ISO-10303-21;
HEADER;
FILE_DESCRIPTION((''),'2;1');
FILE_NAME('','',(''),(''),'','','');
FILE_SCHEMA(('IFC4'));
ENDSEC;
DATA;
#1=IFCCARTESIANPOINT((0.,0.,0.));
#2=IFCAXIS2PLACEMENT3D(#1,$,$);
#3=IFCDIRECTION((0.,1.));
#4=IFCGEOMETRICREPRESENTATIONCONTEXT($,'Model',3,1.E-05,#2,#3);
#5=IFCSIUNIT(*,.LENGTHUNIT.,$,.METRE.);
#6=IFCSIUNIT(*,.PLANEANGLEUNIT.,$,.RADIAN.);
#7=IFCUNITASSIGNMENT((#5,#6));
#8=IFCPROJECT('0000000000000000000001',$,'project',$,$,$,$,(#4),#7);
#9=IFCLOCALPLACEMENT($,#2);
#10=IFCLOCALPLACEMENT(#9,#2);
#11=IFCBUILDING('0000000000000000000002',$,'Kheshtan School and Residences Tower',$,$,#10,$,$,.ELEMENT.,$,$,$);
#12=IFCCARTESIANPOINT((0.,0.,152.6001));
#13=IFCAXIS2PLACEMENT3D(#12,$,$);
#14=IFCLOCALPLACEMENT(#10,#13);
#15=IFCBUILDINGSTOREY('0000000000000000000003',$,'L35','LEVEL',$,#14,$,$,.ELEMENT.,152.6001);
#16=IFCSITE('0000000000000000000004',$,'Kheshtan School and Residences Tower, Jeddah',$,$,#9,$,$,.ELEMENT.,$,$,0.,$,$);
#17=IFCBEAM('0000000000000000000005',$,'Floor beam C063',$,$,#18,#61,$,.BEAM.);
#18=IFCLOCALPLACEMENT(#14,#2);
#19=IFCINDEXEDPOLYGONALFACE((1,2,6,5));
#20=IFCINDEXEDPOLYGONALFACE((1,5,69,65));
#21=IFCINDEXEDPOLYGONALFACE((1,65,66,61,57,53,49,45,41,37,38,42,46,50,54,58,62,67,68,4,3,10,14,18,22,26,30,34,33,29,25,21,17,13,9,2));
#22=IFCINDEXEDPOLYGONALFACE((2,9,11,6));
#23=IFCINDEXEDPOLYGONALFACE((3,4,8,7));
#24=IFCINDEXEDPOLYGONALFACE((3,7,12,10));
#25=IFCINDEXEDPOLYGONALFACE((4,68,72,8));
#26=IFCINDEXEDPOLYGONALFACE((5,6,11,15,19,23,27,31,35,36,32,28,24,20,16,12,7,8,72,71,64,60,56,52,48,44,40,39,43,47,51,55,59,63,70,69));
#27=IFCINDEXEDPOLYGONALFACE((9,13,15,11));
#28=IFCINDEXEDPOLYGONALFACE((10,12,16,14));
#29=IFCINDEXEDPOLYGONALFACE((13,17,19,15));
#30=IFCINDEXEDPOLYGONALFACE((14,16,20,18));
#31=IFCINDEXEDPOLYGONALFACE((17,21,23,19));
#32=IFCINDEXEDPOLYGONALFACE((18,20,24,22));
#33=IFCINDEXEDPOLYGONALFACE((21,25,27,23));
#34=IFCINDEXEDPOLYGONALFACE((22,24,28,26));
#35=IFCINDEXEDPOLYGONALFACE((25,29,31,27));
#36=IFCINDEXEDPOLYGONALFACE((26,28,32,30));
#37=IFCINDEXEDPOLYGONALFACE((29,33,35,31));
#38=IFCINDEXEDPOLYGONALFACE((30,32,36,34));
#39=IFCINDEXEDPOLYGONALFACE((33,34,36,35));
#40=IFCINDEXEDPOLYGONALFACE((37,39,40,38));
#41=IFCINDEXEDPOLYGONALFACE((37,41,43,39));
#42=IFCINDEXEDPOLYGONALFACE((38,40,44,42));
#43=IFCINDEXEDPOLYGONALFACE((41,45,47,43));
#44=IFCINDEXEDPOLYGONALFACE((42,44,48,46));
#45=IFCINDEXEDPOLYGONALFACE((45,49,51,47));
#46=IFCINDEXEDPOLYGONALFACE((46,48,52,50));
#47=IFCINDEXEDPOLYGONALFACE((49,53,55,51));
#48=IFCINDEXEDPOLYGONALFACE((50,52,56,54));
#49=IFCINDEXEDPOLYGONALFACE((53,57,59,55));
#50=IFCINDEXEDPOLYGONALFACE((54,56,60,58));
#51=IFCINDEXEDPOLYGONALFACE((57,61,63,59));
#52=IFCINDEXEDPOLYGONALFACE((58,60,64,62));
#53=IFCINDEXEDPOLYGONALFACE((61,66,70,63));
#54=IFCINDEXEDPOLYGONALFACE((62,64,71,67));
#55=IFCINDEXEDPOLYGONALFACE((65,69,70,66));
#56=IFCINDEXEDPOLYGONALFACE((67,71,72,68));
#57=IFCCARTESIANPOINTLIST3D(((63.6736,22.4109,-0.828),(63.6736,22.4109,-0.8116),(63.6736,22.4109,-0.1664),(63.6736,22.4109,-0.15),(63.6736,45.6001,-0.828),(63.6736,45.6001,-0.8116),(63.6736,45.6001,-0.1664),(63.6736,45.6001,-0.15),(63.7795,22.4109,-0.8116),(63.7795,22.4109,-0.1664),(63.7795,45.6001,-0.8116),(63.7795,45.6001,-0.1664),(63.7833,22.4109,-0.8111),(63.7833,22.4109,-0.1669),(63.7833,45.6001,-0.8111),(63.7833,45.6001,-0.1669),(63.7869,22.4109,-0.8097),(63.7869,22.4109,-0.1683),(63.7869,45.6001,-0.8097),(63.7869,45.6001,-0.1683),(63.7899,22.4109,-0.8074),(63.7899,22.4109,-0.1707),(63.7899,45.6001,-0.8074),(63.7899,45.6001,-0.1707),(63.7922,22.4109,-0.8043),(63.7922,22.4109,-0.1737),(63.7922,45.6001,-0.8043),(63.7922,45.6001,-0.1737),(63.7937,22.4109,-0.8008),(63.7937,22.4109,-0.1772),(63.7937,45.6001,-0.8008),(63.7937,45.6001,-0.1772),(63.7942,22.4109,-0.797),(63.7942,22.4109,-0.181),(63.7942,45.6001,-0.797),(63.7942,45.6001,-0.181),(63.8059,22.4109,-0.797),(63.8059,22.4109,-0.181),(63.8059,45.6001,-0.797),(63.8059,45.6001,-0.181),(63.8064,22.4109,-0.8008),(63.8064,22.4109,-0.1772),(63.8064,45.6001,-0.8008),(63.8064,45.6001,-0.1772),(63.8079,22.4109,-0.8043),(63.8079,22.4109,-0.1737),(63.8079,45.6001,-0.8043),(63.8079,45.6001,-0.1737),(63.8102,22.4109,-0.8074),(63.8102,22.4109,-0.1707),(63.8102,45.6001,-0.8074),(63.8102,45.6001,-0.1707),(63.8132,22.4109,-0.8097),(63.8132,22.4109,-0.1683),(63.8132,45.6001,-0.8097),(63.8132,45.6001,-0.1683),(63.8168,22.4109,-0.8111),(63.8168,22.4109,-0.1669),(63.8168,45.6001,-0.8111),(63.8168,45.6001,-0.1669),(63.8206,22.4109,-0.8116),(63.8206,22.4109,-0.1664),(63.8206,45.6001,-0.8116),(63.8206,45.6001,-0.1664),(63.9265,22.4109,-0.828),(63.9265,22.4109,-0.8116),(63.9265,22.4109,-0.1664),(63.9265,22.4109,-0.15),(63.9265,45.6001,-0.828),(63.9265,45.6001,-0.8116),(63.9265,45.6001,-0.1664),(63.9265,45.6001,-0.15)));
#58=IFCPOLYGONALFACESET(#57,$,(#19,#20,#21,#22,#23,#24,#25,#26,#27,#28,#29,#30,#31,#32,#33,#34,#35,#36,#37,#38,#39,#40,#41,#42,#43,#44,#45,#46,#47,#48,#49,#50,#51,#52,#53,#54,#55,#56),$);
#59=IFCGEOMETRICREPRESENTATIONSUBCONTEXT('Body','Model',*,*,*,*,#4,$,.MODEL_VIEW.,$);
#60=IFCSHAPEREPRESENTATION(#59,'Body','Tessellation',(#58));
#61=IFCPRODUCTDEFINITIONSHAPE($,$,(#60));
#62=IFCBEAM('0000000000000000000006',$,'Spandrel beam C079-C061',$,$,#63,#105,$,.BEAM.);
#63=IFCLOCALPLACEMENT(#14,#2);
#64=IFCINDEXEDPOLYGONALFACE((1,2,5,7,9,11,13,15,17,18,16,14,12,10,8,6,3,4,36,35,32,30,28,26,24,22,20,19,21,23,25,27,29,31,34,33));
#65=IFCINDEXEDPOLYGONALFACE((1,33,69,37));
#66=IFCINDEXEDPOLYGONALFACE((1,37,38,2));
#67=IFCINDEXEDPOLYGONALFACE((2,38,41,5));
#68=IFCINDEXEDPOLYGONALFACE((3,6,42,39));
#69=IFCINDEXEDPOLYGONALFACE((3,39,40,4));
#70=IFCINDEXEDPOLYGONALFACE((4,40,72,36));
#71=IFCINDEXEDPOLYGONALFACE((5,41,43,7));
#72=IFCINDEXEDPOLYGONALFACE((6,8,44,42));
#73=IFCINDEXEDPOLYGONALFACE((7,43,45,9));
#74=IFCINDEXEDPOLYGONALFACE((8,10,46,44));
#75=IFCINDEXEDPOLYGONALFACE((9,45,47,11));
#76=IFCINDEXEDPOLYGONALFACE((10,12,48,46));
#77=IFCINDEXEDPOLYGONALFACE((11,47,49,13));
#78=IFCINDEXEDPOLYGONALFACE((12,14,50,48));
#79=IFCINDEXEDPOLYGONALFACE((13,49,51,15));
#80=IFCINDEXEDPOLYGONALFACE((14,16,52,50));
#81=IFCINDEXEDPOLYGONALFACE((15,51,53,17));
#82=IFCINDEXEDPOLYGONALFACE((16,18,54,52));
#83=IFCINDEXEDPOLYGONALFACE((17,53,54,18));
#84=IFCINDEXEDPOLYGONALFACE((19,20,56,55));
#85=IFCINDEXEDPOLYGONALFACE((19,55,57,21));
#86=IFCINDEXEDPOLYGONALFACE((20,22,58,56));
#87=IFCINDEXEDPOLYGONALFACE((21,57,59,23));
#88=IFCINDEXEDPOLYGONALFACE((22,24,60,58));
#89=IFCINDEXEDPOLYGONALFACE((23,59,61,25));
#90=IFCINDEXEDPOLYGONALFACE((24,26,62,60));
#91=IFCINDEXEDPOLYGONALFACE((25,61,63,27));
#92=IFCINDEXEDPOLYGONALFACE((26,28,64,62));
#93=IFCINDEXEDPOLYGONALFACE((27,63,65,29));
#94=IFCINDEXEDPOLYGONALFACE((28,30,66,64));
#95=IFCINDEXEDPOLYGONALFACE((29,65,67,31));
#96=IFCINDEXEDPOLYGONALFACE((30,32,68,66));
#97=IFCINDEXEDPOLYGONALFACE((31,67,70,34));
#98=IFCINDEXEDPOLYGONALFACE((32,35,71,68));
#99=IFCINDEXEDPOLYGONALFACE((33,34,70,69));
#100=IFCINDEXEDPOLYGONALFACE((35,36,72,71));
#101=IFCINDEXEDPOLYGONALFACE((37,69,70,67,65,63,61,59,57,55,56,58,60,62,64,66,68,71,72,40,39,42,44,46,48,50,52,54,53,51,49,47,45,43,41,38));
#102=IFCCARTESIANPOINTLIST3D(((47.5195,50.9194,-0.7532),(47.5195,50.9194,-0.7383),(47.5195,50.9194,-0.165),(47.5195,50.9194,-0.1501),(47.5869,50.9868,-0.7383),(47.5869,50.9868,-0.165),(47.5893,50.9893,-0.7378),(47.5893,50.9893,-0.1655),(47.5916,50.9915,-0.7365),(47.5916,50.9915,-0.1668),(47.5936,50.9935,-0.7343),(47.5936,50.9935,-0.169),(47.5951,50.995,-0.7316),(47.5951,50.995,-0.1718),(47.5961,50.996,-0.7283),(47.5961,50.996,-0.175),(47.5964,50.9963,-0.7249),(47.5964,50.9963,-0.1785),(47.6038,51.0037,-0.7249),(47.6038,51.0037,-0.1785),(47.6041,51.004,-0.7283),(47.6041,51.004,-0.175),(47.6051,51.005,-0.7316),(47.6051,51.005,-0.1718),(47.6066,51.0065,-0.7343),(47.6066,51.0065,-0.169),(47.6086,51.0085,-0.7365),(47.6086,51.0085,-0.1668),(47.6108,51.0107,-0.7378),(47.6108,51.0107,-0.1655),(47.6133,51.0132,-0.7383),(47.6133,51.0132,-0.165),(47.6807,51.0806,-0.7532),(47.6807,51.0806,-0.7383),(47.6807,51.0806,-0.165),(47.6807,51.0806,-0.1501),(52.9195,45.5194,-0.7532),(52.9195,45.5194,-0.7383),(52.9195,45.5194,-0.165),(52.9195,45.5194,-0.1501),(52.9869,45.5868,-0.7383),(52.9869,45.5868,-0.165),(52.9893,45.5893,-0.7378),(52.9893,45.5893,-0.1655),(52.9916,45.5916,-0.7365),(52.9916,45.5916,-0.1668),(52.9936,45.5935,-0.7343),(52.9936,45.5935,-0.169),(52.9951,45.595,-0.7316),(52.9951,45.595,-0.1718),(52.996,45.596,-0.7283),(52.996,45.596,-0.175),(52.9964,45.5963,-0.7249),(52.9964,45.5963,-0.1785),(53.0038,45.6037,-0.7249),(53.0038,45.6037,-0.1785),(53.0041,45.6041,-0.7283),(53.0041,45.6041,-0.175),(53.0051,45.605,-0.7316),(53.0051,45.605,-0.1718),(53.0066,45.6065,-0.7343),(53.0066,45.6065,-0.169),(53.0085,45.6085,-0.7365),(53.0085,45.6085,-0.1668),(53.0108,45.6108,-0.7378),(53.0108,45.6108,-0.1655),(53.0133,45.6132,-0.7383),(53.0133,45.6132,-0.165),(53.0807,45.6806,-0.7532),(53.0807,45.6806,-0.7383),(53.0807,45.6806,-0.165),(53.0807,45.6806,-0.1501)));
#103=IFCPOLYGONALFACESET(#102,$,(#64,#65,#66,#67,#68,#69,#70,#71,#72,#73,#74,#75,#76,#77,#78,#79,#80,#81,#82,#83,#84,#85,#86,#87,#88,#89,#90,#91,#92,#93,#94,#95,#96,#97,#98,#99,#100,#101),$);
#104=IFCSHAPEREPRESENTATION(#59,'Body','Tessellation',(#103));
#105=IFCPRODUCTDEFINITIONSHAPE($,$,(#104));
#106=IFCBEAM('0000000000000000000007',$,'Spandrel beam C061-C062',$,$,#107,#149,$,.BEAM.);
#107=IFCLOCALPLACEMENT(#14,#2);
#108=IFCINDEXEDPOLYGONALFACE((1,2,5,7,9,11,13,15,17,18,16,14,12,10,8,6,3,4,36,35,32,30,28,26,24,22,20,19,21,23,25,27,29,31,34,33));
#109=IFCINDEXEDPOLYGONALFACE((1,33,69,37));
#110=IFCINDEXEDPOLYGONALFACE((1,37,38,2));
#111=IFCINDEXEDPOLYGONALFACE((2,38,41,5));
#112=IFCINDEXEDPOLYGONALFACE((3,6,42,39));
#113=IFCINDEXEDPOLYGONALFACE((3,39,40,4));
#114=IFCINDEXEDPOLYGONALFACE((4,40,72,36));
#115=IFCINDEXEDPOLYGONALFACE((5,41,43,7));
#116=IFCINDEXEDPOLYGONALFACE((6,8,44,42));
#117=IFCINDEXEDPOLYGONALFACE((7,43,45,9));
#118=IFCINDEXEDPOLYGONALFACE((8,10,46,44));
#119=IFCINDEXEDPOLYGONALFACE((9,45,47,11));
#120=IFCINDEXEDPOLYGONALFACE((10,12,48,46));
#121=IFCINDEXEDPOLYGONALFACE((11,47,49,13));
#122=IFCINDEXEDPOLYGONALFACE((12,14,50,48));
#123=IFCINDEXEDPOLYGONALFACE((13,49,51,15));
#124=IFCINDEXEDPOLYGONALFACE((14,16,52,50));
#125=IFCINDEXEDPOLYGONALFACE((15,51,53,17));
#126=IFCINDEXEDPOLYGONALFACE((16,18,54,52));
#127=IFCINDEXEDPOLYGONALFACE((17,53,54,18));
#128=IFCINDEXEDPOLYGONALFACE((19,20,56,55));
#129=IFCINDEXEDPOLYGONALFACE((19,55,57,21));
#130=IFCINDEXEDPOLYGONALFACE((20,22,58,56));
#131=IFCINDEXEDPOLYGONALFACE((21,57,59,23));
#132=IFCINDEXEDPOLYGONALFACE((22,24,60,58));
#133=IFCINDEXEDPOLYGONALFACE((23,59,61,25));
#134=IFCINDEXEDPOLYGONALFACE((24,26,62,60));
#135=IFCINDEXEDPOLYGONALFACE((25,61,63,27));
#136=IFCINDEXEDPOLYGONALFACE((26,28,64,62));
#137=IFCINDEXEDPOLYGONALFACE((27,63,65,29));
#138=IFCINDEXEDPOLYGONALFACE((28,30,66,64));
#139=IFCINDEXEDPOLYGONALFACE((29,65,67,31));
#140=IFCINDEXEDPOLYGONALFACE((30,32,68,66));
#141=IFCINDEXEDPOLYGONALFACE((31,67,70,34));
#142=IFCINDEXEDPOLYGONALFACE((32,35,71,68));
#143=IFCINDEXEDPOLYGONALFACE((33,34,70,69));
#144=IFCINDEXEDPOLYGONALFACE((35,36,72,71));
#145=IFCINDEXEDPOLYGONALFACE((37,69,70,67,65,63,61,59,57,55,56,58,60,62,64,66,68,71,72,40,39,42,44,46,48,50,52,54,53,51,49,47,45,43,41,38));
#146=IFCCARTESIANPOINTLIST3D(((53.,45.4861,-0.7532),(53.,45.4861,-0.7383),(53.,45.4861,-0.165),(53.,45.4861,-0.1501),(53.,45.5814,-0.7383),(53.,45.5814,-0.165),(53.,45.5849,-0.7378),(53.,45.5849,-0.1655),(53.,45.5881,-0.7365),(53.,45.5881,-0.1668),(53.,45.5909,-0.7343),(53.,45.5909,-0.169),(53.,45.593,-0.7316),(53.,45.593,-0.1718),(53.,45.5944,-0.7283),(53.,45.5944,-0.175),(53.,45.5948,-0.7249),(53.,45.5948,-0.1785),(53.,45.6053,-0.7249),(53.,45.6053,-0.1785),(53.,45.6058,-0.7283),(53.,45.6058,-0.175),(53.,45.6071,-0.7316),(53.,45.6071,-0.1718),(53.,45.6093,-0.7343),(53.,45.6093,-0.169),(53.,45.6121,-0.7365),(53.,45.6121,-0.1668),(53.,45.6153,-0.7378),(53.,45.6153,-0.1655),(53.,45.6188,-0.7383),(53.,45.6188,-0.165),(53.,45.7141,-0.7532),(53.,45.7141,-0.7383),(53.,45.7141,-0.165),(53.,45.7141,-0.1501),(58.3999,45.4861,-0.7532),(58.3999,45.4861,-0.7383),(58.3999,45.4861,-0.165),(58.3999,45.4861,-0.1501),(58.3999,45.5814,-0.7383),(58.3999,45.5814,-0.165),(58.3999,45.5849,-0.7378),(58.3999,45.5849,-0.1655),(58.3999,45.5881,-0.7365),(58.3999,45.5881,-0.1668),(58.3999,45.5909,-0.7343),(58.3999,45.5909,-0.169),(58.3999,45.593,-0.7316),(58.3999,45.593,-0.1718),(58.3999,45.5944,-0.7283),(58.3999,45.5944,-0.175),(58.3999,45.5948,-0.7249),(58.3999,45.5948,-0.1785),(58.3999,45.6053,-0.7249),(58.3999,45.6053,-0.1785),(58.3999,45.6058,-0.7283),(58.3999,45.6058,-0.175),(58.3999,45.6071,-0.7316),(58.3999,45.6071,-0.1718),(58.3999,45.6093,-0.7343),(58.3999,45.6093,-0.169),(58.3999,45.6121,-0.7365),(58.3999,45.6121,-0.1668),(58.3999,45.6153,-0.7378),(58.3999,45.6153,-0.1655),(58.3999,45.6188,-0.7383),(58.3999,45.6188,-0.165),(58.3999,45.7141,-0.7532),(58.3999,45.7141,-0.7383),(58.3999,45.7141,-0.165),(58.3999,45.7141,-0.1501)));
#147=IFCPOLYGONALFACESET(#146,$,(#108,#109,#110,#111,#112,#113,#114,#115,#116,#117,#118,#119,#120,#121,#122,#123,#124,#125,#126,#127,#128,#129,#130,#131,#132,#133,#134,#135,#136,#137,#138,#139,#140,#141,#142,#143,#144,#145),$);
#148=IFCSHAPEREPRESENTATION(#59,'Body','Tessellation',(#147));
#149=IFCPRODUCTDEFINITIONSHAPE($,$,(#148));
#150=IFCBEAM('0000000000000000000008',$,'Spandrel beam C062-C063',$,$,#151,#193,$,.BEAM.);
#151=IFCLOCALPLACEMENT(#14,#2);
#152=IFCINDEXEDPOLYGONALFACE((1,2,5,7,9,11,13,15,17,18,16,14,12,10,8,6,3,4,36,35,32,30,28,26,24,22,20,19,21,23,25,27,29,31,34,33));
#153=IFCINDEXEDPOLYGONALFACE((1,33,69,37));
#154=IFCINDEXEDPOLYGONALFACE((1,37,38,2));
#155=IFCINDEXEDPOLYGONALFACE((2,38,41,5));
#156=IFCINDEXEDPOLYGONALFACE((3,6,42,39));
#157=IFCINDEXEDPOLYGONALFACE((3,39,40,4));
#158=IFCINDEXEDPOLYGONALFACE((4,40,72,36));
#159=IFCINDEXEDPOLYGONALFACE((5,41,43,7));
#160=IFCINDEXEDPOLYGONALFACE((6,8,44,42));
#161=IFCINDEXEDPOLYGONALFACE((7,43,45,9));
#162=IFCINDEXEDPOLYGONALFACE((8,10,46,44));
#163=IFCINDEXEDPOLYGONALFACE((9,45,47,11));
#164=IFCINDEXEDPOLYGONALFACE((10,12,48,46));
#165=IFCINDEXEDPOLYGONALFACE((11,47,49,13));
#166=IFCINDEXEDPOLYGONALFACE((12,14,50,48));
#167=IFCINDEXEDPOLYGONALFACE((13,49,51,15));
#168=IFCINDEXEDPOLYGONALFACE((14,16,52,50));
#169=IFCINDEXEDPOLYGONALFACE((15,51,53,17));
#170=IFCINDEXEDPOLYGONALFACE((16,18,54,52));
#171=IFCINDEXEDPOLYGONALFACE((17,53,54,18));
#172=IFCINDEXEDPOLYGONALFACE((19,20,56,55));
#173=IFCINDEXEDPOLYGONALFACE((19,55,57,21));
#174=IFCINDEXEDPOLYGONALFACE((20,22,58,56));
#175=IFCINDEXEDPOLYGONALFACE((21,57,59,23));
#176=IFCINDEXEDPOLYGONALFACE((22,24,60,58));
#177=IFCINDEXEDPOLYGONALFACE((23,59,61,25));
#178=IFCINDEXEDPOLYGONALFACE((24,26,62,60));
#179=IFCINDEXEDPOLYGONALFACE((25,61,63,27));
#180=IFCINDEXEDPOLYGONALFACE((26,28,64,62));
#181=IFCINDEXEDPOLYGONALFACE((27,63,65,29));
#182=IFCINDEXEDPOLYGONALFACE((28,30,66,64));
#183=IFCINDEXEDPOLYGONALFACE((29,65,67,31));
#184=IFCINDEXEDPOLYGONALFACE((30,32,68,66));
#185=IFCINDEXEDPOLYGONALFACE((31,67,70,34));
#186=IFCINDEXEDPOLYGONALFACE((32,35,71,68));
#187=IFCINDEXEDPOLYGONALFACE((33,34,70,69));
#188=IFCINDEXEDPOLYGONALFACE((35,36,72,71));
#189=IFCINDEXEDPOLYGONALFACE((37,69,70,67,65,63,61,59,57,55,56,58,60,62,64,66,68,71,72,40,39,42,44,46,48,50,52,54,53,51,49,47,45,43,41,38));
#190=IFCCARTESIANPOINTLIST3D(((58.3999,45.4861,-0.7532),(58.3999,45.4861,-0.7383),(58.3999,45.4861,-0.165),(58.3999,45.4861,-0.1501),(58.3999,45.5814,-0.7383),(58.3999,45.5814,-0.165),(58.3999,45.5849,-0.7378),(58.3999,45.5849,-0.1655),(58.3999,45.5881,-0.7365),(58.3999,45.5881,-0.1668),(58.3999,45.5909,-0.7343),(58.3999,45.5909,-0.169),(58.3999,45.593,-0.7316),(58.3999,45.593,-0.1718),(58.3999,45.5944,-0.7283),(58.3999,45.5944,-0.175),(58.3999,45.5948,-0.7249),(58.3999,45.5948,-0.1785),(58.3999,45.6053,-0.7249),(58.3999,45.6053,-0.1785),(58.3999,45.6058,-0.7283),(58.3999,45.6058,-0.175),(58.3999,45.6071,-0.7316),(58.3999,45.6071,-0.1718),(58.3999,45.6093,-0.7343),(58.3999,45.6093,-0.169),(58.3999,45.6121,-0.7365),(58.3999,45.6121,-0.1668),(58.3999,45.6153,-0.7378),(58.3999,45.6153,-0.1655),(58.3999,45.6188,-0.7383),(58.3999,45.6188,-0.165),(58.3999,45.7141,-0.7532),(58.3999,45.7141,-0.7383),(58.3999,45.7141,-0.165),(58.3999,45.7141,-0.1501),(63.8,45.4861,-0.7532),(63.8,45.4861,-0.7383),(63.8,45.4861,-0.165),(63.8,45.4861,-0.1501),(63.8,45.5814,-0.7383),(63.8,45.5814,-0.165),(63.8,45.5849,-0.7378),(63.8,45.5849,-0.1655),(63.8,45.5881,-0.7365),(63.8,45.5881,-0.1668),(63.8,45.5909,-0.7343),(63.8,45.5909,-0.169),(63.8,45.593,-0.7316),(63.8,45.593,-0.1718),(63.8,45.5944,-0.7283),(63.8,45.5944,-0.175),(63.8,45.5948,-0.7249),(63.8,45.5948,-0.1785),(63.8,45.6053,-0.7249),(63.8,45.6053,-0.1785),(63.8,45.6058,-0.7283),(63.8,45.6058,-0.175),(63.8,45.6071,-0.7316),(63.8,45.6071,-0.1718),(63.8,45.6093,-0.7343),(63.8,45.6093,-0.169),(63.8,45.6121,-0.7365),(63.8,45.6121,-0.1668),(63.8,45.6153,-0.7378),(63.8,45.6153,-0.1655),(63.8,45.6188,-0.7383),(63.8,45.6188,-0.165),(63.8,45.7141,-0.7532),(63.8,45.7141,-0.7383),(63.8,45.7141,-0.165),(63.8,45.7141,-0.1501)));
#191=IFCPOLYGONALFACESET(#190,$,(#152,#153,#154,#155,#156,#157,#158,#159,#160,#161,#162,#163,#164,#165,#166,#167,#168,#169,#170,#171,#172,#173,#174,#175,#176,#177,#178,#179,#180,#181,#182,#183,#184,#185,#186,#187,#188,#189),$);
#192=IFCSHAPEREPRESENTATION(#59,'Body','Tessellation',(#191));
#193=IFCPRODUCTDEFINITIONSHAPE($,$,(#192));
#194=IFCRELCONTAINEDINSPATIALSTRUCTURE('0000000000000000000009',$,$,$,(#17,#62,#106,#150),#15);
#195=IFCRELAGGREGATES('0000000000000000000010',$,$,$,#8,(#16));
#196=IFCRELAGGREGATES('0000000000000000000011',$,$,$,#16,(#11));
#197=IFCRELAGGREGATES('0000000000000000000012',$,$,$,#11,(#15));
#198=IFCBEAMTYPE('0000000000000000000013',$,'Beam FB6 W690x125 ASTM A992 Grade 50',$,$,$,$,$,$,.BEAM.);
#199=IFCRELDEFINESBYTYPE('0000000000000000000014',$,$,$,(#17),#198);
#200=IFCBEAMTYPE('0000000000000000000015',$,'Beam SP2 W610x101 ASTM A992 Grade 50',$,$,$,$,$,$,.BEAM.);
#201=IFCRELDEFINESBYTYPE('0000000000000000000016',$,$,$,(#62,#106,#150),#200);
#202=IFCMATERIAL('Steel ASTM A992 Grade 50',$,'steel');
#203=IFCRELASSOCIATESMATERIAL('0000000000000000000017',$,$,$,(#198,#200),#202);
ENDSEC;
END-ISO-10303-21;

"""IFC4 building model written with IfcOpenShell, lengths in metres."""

from ifc_helpers import new_model, si_unit, direction, frame, origin, origin_2d, place, context, subcontext, project, spatial, i_section, extrude, material, material_profile, profile_set, type_object, element, save


model = new_model("IFC4")

# Units and contexts
model_context = context("Model", 3, precision=1e-05, world=origin(), true_north=direction((0.0, 1.0)))
body_context = subcontext(model_context, "Body", "Model", "MODEL_VIEW")
ifc_project = project(units=[si_unit("LENGTHUNIT", "METRE"), si_unit("PLANEANGLEUNIT", "RADIAN")], contexts=[model_context])

# Site, building, storey
site_placement = place(None, origin())
site = spatial("IfcSite", under=ifc_project, at=site_placement, Name="Kheshtan School and Residences Tower, Jeddah", CompositionType="ELEMENT", RefElevation=0.0)
building_placement = place(site_placement, origin())
building = spatial("IfcBuilding", under=site, at=building_placement, Name="Kheshtan School and Residences Tower", CompositionType="ELEMENT")
storey_placement = place(building_placement, frame((0.0, 0.0, 152.6001)))
storey = spatial("IfcBuildingStorey", under=building, at=storey_placement, Name="L35", Description="LEVEL", CompositionType="ELEMENT", Elevation=152.6001)

# Shared definitions
ifc_material_1 = material(Name="Steel ASTM A992 Grade 50", Category="steel")

# Beams
ifc_material_profile_1 = material_profile(ifc_material_1, i_section(OverallWidth=0.2529, OverallDepth=0.678, WebThickness=0.0117, FlangeThickness=0.0164, FilletRadius=0.0146, at=origin_2d()), Name="W690x125")
ifc_profile_set_1 = profile_set([ifc_material_profile_1], Name="Steel ASTM A992 Grade 50")
beam_type_1 = type_object("IfcBeamType", Name="Beam FB6 W690x125 ASTM A992 Grade 50", PredefinedType="BEAM", material=ifc_profile_set_1)
beam_1_placement = place(storey_placement, frame((63.8, 45.6001, -0.489), z_axis=(0.0, -1.0, 0.0), x_axis=(1.0, 0.0, 0.0)))
element("IfcBeam", 1, at=beam_1_placement, inside=storey, type_object=beam_type_1, Name="Floor beam C063", PredefinedType="BEAM", context=body_context, shape_type="SweptSolid", body=[
    extrude(i_section(OverallWidth=0.2529, OverallDepth=0.678, WebThickness=0.0117, FlangeThickness=0.0164, FilletRadius=0.0146, at=origin_2d()), origin(), (0.0, 0.0, 1.0), 23.1892),
])
ifc_material_profile_2 = material_profile(ifc_material_1, i_section(OverallWidth=0.228, OverallDepth=0.603, WebThickness=0.0105, FlangeThickness=0.0149, FilletRadius=0.0134, at=origin_2d()), Name="W610x101")
ifc_profile_set_2 = profile_set([ifc_material_profile_2], Name="Steel ASTM A992 Grade 50")
beam_type_2 = type_object("IfcBeamType", Name="Beam SP2 W610x101 ASTM A992 Grade 50", PredefinedType="BEAM", material=ifc_profile_set_2)
beam_2_placement = place(storey_placement, frame((47.6001, 51.0, -0.4517), z_axis=(0.707107, -0.707107, 0.0), x_axis=(0.707107, 0.707107, 0.0)))
element("IfcBeam", 2, at=beam_2_placement, inside=storey, type_object=beam_type_2, Name="Spandrel beam C079-C061", PredefinedType="BEAM", context=body_context, shape_type="SweptSolid", body=[
    extrude(i_section(OverallWidth=0.228, OverallDepth=0.603, WebThickness=0.0105, FlangeThickness=0.0149, FilletRadius=0.0134, at=origin_2d()), origin(), (0.0, 0.0, 1.0), 7.6367),
])
beam_3_placement = place(storey_placement, frame((53.0, 45.6001, -0.4517), z_axis=(1.0, 0.0, 0.0), x_axis=(0.0, 1.0, 0.0)))
element("IfcBeam", 3, at=beam_3_placement, inside=storey, type_object=beam_type_2, Name="Spandrel beam C061-C062", PredefinedType="BEAM", context=body_context, shape_type="SweptSolid", body=[
    extrude(i_section(OverallWidth=0.228, OverallDepth=0.603, WebThickness=0.0105, FlangeThickness=0.0149, FilletRadius=0.0134, at=origin_2d()), origin(), (0.0, 0.0, 1.0), 5.3999),
])
beam_4_placement = place(storey_placement, frame((58.3999, 45.6001, -0.4517), z_axis=(1.0, 0.0, 0.0), x_axis=(0.0, 1.0, 0.0)))
element("IfcBeam", 4, at=beam_4_placement, inside=storey, type_object=beam_type_2, Name="Spandrel beam C062-C063", PredefinedType="BEAM", context=body_context, shape_type="SweptSolid", body=[
    extrude(i_section(OverallWidth=0.228, OverallDepth=0.603, WebThickness=0.0105, FlangeThickness=0.0149, FilletRadius=0.0134, at=origin_2d()), origin(), (0.0, 0.0, 1.0), 5.4001),
])

save(model, "model.ifc")
